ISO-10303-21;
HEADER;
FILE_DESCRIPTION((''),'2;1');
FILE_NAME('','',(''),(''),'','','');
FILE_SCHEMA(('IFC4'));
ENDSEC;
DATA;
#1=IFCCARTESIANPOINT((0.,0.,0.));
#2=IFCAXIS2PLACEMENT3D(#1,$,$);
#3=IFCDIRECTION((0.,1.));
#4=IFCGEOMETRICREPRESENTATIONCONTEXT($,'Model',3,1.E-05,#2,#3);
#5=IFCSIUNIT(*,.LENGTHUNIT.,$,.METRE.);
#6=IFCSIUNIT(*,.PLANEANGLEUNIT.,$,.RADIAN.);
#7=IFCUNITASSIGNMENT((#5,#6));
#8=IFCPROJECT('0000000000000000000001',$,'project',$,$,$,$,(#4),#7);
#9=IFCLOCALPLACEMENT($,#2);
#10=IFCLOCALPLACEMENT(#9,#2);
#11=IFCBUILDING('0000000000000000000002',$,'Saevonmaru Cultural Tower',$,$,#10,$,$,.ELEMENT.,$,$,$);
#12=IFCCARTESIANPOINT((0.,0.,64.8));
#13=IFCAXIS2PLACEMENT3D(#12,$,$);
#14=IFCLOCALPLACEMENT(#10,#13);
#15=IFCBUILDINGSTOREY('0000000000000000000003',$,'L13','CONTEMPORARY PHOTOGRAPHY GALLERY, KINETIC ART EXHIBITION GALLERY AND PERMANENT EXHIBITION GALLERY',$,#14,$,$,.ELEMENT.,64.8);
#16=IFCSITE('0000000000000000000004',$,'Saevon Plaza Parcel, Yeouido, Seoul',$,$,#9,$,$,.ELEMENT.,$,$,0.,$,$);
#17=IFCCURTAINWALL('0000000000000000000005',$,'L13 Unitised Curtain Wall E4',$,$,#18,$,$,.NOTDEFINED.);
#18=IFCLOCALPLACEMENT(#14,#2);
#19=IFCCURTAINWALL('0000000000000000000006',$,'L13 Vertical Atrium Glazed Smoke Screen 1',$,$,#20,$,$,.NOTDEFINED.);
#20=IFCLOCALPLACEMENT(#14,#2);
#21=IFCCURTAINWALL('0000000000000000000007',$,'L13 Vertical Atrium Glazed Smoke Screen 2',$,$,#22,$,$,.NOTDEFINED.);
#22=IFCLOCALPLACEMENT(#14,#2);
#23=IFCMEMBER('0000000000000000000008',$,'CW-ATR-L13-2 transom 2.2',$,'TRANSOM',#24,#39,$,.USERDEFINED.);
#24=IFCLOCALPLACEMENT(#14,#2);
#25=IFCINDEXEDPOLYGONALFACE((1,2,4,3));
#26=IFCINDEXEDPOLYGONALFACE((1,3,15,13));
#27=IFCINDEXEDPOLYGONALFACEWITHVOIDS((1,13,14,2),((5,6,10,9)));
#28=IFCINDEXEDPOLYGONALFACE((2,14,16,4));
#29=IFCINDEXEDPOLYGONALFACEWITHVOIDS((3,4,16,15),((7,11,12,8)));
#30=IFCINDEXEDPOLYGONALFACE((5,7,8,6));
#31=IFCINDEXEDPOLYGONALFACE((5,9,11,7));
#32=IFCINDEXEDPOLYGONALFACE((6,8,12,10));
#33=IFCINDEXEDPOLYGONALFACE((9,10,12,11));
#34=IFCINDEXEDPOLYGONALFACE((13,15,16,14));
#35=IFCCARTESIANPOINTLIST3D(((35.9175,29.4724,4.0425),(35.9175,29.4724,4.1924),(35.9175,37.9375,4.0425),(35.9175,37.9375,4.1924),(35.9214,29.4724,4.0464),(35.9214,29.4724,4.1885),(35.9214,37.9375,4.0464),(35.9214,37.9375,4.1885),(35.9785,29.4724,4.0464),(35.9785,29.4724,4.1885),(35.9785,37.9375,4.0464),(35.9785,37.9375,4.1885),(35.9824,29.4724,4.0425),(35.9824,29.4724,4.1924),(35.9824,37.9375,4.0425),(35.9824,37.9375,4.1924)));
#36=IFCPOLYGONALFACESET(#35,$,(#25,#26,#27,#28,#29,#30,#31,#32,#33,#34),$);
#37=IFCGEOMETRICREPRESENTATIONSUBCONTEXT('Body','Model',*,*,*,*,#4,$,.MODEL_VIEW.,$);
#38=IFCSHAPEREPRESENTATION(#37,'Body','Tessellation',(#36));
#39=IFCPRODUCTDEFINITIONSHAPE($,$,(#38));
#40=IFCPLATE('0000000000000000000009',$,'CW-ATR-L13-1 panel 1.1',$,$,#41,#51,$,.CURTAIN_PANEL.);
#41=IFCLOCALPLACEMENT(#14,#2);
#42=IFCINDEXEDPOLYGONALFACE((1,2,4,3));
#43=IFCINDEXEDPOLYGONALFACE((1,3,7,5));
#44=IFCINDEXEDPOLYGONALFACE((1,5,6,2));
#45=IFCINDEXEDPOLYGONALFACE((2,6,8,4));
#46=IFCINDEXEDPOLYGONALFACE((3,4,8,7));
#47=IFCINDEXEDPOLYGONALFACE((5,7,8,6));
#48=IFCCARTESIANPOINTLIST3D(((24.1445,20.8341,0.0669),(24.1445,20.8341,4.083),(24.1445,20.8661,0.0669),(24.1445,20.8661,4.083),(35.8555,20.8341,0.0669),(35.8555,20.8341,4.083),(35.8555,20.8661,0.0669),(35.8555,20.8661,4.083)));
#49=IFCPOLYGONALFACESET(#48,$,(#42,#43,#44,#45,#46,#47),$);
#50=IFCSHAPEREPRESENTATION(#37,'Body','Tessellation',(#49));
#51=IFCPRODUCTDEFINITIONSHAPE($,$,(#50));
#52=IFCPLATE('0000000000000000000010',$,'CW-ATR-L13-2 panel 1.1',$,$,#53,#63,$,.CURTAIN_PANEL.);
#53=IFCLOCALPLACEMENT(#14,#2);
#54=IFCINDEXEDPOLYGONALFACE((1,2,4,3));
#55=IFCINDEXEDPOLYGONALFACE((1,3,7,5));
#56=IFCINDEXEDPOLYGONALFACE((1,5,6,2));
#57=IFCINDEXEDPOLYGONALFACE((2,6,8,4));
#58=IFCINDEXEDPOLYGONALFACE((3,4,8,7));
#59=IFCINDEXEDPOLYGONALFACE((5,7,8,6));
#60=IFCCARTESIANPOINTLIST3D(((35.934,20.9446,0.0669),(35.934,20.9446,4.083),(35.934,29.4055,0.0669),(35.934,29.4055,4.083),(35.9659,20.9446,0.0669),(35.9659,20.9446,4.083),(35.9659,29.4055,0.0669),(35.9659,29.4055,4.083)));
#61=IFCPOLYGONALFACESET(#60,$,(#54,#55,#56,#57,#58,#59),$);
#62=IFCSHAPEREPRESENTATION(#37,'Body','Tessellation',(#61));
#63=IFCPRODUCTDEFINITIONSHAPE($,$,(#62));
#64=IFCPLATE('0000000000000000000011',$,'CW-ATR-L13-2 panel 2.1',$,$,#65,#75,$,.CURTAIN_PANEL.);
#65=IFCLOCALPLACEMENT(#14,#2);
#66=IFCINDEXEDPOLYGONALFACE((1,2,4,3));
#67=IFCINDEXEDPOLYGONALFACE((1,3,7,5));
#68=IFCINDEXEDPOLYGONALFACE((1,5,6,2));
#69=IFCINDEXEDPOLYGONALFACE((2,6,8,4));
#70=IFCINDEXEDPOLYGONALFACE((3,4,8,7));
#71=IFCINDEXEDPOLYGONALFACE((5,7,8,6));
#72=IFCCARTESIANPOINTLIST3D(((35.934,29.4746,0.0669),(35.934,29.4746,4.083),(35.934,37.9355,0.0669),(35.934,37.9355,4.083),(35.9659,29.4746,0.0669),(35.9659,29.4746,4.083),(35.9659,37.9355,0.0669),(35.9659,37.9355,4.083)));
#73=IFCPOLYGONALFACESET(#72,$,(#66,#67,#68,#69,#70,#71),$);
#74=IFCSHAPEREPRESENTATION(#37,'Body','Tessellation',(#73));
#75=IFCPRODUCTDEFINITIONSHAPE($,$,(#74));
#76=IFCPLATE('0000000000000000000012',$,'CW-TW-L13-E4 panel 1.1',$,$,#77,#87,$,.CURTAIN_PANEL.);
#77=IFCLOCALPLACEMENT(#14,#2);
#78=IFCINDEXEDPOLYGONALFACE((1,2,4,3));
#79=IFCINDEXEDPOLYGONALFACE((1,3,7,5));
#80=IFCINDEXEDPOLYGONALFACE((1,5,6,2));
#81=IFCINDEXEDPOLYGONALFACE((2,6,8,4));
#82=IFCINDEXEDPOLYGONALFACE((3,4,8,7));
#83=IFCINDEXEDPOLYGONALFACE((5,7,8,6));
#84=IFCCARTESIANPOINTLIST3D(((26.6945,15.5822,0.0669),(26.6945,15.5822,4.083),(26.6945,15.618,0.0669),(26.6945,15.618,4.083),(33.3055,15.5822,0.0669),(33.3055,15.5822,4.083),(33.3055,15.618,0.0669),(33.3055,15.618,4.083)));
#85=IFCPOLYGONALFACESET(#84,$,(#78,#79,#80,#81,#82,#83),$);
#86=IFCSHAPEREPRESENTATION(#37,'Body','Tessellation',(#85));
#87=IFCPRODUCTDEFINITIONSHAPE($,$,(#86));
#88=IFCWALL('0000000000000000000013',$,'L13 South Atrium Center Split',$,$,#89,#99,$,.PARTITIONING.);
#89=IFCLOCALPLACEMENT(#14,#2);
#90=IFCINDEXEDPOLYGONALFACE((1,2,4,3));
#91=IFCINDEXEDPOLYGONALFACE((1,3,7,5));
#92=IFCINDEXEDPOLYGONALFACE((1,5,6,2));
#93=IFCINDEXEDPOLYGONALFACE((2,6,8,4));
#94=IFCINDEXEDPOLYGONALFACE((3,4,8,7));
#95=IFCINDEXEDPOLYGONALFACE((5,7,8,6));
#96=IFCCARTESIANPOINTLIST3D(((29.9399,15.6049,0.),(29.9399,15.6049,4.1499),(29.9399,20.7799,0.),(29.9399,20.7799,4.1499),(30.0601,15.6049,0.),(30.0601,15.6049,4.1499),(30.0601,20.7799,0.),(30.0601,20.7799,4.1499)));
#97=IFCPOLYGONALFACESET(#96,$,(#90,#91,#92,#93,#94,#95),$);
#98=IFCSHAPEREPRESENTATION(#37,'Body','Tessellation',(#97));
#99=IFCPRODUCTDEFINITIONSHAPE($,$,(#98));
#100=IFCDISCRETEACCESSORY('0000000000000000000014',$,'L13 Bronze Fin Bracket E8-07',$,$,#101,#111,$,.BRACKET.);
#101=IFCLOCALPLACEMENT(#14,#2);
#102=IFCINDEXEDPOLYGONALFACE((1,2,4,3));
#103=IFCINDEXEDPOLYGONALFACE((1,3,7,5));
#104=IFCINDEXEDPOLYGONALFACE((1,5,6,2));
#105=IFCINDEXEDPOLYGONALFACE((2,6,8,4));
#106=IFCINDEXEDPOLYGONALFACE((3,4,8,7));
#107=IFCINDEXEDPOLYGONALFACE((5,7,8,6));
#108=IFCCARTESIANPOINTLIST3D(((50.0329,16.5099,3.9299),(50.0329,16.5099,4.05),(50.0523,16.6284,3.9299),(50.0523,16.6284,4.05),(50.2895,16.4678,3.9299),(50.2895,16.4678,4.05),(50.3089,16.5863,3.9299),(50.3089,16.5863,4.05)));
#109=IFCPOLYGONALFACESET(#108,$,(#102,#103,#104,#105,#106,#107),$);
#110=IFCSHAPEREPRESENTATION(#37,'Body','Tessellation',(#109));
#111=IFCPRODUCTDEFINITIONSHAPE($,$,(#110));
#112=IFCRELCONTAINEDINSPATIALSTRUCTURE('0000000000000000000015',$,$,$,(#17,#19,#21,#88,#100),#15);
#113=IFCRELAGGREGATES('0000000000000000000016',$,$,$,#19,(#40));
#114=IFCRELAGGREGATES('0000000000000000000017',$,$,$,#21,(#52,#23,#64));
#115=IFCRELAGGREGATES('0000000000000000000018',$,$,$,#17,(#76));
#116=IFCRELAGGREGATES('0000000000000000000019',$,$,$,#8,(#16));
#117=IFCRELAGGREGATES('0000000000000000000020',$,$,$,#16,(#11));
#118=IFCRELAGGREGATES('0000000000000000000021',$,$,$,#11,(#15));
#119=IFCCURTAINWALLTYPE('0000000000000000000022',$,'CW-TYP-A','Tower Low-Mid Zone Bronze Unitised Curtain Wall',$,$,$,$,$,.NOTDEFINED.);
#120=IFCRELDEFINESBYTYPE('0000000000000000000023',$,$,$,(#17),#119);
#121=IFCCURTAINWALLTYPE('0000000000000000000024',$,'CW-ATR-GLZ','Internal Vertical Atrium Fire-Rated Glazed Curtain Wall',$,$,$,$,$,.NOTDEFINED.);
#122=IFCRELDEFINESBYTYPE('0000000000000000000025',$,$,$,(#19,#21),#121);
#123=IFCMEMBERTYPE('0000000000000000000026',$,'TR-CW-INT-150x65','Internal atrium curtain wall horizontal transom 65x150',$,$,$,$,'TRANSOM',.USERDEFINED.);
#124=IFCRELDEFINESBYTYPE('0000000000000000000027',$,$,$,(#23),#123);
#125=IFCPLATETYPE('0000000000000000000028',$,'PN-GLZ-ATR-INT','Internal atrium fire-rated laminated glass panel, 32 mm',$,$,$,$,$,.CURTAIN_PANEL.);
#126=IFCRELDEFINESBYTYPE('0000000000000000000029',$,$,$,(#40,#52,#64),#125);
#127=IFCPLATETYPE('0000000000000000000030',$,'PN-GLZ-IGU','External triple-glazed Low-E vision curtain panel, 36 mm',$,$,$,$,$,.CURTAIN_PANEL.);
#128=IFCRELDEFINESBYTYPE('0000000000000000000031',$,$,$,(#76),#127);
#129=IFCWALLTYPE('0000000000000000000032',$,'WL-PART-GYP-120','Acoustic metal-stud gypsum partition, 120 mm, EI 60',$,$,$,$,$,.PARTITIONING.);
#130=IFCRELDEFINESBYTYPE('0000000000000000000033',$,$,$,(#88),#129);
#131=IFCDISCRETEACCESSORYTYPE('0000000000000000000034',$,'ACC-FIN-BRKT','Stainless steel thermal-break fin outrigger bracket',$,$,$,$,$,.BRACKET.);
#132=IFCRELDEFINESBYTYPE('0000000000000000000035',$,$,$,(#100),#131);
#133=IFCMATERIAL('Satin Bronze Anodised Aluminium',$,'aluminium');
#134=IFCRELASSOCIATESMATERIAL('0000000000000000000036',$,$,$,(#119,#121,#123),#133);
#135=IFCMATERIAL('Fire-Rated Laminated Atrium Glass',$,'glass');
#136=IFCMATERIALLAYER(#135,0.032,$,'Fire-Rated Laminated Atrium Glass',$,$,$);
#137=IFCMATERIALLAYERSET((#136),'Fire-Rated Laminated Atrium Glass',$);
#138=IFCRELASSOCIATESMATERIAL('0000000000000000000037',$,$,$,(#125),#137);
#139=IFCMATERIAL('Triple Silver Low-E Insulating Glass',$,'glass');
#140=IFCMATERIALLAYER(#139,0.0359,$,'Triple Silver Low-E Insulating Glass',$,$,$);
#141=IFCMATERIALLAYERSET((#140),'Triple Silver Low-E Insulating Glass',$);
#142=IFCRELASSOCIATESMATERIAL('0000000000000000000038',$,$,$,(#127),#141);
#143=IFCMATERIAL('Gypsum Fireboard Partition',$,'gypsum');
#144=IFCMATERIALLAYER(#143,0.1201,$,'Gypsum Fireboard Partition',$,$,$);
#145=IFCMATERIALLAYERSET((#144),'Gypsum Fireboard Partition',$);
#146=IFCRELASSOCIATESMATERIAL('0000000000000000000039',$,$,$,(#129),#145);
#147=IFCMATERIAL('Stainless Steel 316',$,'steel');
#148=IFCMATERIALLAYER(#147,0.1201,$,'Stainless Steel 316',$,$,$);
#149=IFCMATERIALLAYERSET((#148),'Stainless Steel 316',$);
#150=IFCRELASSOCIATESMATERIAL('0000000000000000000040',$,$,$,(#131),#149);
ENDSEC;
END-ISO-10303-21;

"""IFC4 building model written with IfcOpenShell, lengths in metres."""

from ifc_helpers import new_model, si_unit, direction, frame, frame_2d, origin, origin_2d, place, context, subcontext, project, spatial, rectangle, hollow_rectangle, extrude, material, layer, layer_set, material_profile, profile_set, type_object, element, aggregate, save


model = new_model("IFC4")

# Units and contexts
model_context = context("Model", 3, precision=1e-05, world=origin(), true_north=direction((0.0, 1.0)))
body_context = subcontext(model_context, "Body", "Model", "MODEL_VIEW")
ifc_project = project(units=[si_unit("LENGTHUNIT", "METRE"), si_unit("PLANEANGLEUNIT", "RADIAN")], contexts=[model_context])

# Site, building, storey
site_placement = place(None, origin())
site = spatial("IfcSite", under=ifc_project, at=site_placement, Name="Saevon Plaza Parcel, Yeouido, Seoul", CompositionType="ELEMENT", RefElevation=0.0)
building_placement = place(site_placement, origin())
building = spatial("IfcBuilding", under=site, at=building_placement, Name="Saevonmaru Cultural Tower", CompositionType="ELEMENT")
storey_placement = place(building_placement, frame((0.0, 0.0, 64.8)))
storey = spatial("IfcBuildingStorey", under=building, at=storey_placement, Name="L13", Description="CONTEMPORARY PHOTOGRAPHY GALLERY, KINETIC ART EXHIBITION GALLERY AND PERMANENT EXHIBITION GALLERY", CompositionType="ELEMENT", Elevation=64.8)

# Curtain walls
ifc_material_1 = material(Name="Satin Bronze Anodised Aluminium", Category="aluminium")
curtain_wall_type_1 = type_object("IfcCurtainWallType", Name="CW-TYP-A", Description="Tower Low-Mid Zone Bronze Unitised Curtain Wall", PredefinedType="NOTDEFINED", material=ifc_material_1)
curtain_wall_1_placement = place(storey_placement, origin())
curtain_wall_1 = element("IfcCurtainWall", 1, at=curtain_wall_1_placement, inside=storey, type_object=curtain_wall_type_1, Name="L13 Unitised Curtain Wall E4", PredefinedType="NOTDEFINED")
curtain_wall_type_2 = type_object("IfcCurtainWallType", Name="CW-ATR-GLZ", Description="Internal Vertical Atrium Fire-Rated Glazed Curtain Wall", PredefinedType="NOTDEFINED", material=ifc_material_1)
curtain_wall_2_placement = place(storey_placement, origin())
curtain_wall_2 = element("IfcCurtainWall", 2, at=curtain_wall_2_placement, inside=storey, type_object=curtain_wall_type_2, Name="L13 Vertical Atrium Glazed Smoke Screen 1", PredefinedType="NOTDEFINED")

# Curtain wall
curtain_wall_3_placement = place(storey_placement, origin())
curtain_wall_3 = element("IfcCurtainWall", 3, at=curtain_wall_3_placement, inside=storey, type_object=curtain_wall_type_2, Name="L13 Vertical Atrium Glazed Smoke Screen 2", PredefinedType="NOTDEFINED")

# Member
ifc_material_profile_1 = material_profile(ifc_material_1, hollow_rectangle(XDim=0.0649, YDim=0.1499, WallThickness=0.0039, at=origin_2d()), Name="ALU-TRAN-150x65x4")
ifc_profile_set_1 = profile_set([ifc_material_profile_1], Name="Satin Bronze Anodised Aluminium")
member_type_1 = type_object("IfcMemberType", Name="TR-CW-INT-150x65", Description="Internal atrium curtain wall horizontal transom 65x150", ElementType="TRANSOM", PredefinedType="USERDEFINED", material=ifc_profile_set_1)
member_1_placement = place(storey_placement, frame((35.95, 29.4724, 4.1174), z_axis=(0.0, 1.0, 0.0), x_axis=(-1.0, 0.0, 0.0)))
member_1 = element("IfcMember", 4, at=member_1_placement, type_object=member_type_1, Name="CW-ATR-L13-2 transom 2.2", ObjectType="TRANSOM", PredefinedType="USERDEFINED", context=body_context, shape_type="SweptSolid", body=[
    extrude(hollow_rectangle(XDim=0.0649, YDim=0.1499, WallThickness=0.0039, at=origin_2d()), origin(), (0.0, 0.0, 1.0), 8.4651),
])

# Plates
ifc_material_2 = material(Name="Fire-Rated Laminated Atrium Glass", Category="glass")
ifc_layer_1 = layer(ifc_material_2, 0.032, Name="Fire-Rated Laminated Atrium Glass")
ifc_layer_set_1 = layer_set([ifc_layer_1], Name="Fire-Rated Laminated Atrium Glass")
plate_type_1 = type_object("IfcPlateType", Name="PN-GLZ-ATR-INT", Description="Internal atrium fire-rated laminated glass panel, 32 mm", PredefinedType="CURTAIN_PANEL", material=ifc_layer_set_1)
plate_1_placement = place(storey_placement, frame((30.0, 20.8501, 0.0669), z_axis=(0.0, 0.0, 1.0), x_axis=(1.0, 0.0, 0.0)))
plate_1 = element("IfcPlate", 5, at=plate_1_placement, type_object=plate_type_1, Name="CW-ATR-L13-1 panel 1.1", PredefinedType="CURTAIN_PANEL", context=body_context, shape_type="SweptSolid", body=[
    extrude(rectangle(XDim=11.7109, YDim=0.032, at=origin_2d()), origin(), (0.0, 0.0, 1.0), 4.0161),
])
aggregate(curtain_wall_2, [plate_1])
plate_2_placement = place(storey_placement, frame((35.95, 25.175, 0.0669), z_axis=(0.0, 0.0, 1.0), x_axis=(0.0, 1.0, 0.0)))
plate_2 = element("IfcPlate", 6, at=plate_2_placement, type_object=plate_type_1, Name="CW-ATR-L13-2 panel 1.1", PredefinedType="CURTAIN_PANEL", context=body_context, shape_type="SweptSolid", body=[
    extrude(rectangle(XDim=8.4609, YDim=0.032, at=origin_2d()), origin(), (0.0, 0.0, 1.0), 4.0161),
])
plate_3_placement = place(storey_placement, frame((35.95, 33.7051, 0.0669), z_axis=(0.0, 0.0, 1.0), x_axis=(0.0, 1.0, 0.0)))
plate_3 = element("IfcPlate", 7, at=plate_3_placement, type_object=plate_type_1, Name="CW-ATR-L13-2 panel 2.1", PredefinedType="CURTAIN_PANEL", context=body_context, shape_type="SweptSolid", body=[
    extrude(rectangle(XDim=8.4609, YDim=0.032, at=origin_2d()), origin(), (0.0, 0.0, 1.0), 4.0161),
])
aggregate(curtain_wall_3, [plate_2, member_1, plate_3])
ifc_material_3 = material(Name="Triple Silver Low-E Insulating Glass", Category="glass")
ifc_layer_2 = layer(ifc_material_3, 0.0359, Name="Triple Silver Low-E Insulating Glass")
ifc_layer_set_2 = layer_set([ifc_layer_2], Name="Triple Silver Low-E Insulating Glass")
plate_type_2 = type_object("IfcPlateType", Name="PN-GLZ-IGU", Description="External triple-glazed Low-E vision curtain panel, 36 mm", PredefinedType="CURTAIN_PANEL", material=ifc_layer_set_2)
plate_4_placement = place(storey_placement, frame((30.0, 15.6001, 0.0669), z_axis=(0.0, 0.0, 1.0), x_axis=(1.0, 0.0, 0.0)))
plate_4 = element("IfcPlate", 8, at=plate_4_placement, type_object=plate_type_2, Name="CW-TW-L13-E4 panel 1.1", PredefinedType="CURTAIN_PANEL", context=body_context, shape_type="SweptSolid", body=[
    extrude(rectangle(XDim=6.6111, YDim=0.0359, at=origin_2d()), origin(), (0.0, 0.0, 1.0), 4.0161),
])
aggregate(curtain_wall_1, [plate_4])

# Wall
ifc_material_4 = material(Name="Gypsum Fireboard Partition", Category="gypsum")
ifc_layer_3 = layer(ifc_material_4, 0.1201, Name="Gypsum Fireboard Partition")
ifc_layer_set_3 = layer_set([ifc_layer_3], Name="Gypsum Fireboard Partition")
wall_type = type_object("IfcWallType", Name="WL-PART-GYP-120", Description="Acoustic metal-stud gypsum partition, 120 mm, EI 60", PredefinedType="PARTITIONING", material=ifc_layer_set_3)
wall_placement = place(storey_placement, frame((30.0, 15.605, 0.0), z_axis=(0.0, 0.0, 1.0), x_axis=(0.0, 1.0, 0.0)))
element("IfcWall", 9, at=wall_placement, inside=storey, type_object=wall_type, Name="L13 South Atrium Center Split", PredefinedType="PARTITIONING", context=body_context, shape_type="SweptSolid", body=[
    extrude(rectangle(XDim=5.175, YDim=0.1201, at=frame_2d((2.5874, 0.0))), origin(), (0.0, 0.0, 1.0), 4.1499),
])

# Discrete accessory
ifc_material_5 = material(Name="Stainless Steel 316", Category="steel")
ifc_layer_4 = layer(ifc_material_5, 0.1201, Name="Stainless Steel 316")
ifc_layer_set_4 = layer_set([ifc_layer_4], Name="Stainless Steel 316")
discrete_accessory_type = type_object("IfcDiscreteAccessoryType", Name="ACC-FIN-BRKT", Description="Stainless steel thermal-break fin outrigger bracket", PredefinedType="BRACKET", material=ifc_layer_set_4)
discrete_accessory_placement = place(storey_placement, frame((50.1709, 16.5481, 3.9299), z_axis=(0.0, 0.0, 1.0), x_axis=(0.986827, -0.161776, 0.0)))
element("IfcDiscreteAccessory", 10, at=discrete_accessory_placement, inside=storey, type_object=discrete_accessory_type, Name="L13 Bronze Fin Bracket E8-07", PredefinedType="BRACKET", context=body_context, shape_type="SweptSolid", body=[
    extrude(rectangle(XDim=0.26, YDim=0.1201, at=origin_2d()), origin(), (0.0, 0.0, 1.0), 0.1201),
])

save(model, "model.ifc")
